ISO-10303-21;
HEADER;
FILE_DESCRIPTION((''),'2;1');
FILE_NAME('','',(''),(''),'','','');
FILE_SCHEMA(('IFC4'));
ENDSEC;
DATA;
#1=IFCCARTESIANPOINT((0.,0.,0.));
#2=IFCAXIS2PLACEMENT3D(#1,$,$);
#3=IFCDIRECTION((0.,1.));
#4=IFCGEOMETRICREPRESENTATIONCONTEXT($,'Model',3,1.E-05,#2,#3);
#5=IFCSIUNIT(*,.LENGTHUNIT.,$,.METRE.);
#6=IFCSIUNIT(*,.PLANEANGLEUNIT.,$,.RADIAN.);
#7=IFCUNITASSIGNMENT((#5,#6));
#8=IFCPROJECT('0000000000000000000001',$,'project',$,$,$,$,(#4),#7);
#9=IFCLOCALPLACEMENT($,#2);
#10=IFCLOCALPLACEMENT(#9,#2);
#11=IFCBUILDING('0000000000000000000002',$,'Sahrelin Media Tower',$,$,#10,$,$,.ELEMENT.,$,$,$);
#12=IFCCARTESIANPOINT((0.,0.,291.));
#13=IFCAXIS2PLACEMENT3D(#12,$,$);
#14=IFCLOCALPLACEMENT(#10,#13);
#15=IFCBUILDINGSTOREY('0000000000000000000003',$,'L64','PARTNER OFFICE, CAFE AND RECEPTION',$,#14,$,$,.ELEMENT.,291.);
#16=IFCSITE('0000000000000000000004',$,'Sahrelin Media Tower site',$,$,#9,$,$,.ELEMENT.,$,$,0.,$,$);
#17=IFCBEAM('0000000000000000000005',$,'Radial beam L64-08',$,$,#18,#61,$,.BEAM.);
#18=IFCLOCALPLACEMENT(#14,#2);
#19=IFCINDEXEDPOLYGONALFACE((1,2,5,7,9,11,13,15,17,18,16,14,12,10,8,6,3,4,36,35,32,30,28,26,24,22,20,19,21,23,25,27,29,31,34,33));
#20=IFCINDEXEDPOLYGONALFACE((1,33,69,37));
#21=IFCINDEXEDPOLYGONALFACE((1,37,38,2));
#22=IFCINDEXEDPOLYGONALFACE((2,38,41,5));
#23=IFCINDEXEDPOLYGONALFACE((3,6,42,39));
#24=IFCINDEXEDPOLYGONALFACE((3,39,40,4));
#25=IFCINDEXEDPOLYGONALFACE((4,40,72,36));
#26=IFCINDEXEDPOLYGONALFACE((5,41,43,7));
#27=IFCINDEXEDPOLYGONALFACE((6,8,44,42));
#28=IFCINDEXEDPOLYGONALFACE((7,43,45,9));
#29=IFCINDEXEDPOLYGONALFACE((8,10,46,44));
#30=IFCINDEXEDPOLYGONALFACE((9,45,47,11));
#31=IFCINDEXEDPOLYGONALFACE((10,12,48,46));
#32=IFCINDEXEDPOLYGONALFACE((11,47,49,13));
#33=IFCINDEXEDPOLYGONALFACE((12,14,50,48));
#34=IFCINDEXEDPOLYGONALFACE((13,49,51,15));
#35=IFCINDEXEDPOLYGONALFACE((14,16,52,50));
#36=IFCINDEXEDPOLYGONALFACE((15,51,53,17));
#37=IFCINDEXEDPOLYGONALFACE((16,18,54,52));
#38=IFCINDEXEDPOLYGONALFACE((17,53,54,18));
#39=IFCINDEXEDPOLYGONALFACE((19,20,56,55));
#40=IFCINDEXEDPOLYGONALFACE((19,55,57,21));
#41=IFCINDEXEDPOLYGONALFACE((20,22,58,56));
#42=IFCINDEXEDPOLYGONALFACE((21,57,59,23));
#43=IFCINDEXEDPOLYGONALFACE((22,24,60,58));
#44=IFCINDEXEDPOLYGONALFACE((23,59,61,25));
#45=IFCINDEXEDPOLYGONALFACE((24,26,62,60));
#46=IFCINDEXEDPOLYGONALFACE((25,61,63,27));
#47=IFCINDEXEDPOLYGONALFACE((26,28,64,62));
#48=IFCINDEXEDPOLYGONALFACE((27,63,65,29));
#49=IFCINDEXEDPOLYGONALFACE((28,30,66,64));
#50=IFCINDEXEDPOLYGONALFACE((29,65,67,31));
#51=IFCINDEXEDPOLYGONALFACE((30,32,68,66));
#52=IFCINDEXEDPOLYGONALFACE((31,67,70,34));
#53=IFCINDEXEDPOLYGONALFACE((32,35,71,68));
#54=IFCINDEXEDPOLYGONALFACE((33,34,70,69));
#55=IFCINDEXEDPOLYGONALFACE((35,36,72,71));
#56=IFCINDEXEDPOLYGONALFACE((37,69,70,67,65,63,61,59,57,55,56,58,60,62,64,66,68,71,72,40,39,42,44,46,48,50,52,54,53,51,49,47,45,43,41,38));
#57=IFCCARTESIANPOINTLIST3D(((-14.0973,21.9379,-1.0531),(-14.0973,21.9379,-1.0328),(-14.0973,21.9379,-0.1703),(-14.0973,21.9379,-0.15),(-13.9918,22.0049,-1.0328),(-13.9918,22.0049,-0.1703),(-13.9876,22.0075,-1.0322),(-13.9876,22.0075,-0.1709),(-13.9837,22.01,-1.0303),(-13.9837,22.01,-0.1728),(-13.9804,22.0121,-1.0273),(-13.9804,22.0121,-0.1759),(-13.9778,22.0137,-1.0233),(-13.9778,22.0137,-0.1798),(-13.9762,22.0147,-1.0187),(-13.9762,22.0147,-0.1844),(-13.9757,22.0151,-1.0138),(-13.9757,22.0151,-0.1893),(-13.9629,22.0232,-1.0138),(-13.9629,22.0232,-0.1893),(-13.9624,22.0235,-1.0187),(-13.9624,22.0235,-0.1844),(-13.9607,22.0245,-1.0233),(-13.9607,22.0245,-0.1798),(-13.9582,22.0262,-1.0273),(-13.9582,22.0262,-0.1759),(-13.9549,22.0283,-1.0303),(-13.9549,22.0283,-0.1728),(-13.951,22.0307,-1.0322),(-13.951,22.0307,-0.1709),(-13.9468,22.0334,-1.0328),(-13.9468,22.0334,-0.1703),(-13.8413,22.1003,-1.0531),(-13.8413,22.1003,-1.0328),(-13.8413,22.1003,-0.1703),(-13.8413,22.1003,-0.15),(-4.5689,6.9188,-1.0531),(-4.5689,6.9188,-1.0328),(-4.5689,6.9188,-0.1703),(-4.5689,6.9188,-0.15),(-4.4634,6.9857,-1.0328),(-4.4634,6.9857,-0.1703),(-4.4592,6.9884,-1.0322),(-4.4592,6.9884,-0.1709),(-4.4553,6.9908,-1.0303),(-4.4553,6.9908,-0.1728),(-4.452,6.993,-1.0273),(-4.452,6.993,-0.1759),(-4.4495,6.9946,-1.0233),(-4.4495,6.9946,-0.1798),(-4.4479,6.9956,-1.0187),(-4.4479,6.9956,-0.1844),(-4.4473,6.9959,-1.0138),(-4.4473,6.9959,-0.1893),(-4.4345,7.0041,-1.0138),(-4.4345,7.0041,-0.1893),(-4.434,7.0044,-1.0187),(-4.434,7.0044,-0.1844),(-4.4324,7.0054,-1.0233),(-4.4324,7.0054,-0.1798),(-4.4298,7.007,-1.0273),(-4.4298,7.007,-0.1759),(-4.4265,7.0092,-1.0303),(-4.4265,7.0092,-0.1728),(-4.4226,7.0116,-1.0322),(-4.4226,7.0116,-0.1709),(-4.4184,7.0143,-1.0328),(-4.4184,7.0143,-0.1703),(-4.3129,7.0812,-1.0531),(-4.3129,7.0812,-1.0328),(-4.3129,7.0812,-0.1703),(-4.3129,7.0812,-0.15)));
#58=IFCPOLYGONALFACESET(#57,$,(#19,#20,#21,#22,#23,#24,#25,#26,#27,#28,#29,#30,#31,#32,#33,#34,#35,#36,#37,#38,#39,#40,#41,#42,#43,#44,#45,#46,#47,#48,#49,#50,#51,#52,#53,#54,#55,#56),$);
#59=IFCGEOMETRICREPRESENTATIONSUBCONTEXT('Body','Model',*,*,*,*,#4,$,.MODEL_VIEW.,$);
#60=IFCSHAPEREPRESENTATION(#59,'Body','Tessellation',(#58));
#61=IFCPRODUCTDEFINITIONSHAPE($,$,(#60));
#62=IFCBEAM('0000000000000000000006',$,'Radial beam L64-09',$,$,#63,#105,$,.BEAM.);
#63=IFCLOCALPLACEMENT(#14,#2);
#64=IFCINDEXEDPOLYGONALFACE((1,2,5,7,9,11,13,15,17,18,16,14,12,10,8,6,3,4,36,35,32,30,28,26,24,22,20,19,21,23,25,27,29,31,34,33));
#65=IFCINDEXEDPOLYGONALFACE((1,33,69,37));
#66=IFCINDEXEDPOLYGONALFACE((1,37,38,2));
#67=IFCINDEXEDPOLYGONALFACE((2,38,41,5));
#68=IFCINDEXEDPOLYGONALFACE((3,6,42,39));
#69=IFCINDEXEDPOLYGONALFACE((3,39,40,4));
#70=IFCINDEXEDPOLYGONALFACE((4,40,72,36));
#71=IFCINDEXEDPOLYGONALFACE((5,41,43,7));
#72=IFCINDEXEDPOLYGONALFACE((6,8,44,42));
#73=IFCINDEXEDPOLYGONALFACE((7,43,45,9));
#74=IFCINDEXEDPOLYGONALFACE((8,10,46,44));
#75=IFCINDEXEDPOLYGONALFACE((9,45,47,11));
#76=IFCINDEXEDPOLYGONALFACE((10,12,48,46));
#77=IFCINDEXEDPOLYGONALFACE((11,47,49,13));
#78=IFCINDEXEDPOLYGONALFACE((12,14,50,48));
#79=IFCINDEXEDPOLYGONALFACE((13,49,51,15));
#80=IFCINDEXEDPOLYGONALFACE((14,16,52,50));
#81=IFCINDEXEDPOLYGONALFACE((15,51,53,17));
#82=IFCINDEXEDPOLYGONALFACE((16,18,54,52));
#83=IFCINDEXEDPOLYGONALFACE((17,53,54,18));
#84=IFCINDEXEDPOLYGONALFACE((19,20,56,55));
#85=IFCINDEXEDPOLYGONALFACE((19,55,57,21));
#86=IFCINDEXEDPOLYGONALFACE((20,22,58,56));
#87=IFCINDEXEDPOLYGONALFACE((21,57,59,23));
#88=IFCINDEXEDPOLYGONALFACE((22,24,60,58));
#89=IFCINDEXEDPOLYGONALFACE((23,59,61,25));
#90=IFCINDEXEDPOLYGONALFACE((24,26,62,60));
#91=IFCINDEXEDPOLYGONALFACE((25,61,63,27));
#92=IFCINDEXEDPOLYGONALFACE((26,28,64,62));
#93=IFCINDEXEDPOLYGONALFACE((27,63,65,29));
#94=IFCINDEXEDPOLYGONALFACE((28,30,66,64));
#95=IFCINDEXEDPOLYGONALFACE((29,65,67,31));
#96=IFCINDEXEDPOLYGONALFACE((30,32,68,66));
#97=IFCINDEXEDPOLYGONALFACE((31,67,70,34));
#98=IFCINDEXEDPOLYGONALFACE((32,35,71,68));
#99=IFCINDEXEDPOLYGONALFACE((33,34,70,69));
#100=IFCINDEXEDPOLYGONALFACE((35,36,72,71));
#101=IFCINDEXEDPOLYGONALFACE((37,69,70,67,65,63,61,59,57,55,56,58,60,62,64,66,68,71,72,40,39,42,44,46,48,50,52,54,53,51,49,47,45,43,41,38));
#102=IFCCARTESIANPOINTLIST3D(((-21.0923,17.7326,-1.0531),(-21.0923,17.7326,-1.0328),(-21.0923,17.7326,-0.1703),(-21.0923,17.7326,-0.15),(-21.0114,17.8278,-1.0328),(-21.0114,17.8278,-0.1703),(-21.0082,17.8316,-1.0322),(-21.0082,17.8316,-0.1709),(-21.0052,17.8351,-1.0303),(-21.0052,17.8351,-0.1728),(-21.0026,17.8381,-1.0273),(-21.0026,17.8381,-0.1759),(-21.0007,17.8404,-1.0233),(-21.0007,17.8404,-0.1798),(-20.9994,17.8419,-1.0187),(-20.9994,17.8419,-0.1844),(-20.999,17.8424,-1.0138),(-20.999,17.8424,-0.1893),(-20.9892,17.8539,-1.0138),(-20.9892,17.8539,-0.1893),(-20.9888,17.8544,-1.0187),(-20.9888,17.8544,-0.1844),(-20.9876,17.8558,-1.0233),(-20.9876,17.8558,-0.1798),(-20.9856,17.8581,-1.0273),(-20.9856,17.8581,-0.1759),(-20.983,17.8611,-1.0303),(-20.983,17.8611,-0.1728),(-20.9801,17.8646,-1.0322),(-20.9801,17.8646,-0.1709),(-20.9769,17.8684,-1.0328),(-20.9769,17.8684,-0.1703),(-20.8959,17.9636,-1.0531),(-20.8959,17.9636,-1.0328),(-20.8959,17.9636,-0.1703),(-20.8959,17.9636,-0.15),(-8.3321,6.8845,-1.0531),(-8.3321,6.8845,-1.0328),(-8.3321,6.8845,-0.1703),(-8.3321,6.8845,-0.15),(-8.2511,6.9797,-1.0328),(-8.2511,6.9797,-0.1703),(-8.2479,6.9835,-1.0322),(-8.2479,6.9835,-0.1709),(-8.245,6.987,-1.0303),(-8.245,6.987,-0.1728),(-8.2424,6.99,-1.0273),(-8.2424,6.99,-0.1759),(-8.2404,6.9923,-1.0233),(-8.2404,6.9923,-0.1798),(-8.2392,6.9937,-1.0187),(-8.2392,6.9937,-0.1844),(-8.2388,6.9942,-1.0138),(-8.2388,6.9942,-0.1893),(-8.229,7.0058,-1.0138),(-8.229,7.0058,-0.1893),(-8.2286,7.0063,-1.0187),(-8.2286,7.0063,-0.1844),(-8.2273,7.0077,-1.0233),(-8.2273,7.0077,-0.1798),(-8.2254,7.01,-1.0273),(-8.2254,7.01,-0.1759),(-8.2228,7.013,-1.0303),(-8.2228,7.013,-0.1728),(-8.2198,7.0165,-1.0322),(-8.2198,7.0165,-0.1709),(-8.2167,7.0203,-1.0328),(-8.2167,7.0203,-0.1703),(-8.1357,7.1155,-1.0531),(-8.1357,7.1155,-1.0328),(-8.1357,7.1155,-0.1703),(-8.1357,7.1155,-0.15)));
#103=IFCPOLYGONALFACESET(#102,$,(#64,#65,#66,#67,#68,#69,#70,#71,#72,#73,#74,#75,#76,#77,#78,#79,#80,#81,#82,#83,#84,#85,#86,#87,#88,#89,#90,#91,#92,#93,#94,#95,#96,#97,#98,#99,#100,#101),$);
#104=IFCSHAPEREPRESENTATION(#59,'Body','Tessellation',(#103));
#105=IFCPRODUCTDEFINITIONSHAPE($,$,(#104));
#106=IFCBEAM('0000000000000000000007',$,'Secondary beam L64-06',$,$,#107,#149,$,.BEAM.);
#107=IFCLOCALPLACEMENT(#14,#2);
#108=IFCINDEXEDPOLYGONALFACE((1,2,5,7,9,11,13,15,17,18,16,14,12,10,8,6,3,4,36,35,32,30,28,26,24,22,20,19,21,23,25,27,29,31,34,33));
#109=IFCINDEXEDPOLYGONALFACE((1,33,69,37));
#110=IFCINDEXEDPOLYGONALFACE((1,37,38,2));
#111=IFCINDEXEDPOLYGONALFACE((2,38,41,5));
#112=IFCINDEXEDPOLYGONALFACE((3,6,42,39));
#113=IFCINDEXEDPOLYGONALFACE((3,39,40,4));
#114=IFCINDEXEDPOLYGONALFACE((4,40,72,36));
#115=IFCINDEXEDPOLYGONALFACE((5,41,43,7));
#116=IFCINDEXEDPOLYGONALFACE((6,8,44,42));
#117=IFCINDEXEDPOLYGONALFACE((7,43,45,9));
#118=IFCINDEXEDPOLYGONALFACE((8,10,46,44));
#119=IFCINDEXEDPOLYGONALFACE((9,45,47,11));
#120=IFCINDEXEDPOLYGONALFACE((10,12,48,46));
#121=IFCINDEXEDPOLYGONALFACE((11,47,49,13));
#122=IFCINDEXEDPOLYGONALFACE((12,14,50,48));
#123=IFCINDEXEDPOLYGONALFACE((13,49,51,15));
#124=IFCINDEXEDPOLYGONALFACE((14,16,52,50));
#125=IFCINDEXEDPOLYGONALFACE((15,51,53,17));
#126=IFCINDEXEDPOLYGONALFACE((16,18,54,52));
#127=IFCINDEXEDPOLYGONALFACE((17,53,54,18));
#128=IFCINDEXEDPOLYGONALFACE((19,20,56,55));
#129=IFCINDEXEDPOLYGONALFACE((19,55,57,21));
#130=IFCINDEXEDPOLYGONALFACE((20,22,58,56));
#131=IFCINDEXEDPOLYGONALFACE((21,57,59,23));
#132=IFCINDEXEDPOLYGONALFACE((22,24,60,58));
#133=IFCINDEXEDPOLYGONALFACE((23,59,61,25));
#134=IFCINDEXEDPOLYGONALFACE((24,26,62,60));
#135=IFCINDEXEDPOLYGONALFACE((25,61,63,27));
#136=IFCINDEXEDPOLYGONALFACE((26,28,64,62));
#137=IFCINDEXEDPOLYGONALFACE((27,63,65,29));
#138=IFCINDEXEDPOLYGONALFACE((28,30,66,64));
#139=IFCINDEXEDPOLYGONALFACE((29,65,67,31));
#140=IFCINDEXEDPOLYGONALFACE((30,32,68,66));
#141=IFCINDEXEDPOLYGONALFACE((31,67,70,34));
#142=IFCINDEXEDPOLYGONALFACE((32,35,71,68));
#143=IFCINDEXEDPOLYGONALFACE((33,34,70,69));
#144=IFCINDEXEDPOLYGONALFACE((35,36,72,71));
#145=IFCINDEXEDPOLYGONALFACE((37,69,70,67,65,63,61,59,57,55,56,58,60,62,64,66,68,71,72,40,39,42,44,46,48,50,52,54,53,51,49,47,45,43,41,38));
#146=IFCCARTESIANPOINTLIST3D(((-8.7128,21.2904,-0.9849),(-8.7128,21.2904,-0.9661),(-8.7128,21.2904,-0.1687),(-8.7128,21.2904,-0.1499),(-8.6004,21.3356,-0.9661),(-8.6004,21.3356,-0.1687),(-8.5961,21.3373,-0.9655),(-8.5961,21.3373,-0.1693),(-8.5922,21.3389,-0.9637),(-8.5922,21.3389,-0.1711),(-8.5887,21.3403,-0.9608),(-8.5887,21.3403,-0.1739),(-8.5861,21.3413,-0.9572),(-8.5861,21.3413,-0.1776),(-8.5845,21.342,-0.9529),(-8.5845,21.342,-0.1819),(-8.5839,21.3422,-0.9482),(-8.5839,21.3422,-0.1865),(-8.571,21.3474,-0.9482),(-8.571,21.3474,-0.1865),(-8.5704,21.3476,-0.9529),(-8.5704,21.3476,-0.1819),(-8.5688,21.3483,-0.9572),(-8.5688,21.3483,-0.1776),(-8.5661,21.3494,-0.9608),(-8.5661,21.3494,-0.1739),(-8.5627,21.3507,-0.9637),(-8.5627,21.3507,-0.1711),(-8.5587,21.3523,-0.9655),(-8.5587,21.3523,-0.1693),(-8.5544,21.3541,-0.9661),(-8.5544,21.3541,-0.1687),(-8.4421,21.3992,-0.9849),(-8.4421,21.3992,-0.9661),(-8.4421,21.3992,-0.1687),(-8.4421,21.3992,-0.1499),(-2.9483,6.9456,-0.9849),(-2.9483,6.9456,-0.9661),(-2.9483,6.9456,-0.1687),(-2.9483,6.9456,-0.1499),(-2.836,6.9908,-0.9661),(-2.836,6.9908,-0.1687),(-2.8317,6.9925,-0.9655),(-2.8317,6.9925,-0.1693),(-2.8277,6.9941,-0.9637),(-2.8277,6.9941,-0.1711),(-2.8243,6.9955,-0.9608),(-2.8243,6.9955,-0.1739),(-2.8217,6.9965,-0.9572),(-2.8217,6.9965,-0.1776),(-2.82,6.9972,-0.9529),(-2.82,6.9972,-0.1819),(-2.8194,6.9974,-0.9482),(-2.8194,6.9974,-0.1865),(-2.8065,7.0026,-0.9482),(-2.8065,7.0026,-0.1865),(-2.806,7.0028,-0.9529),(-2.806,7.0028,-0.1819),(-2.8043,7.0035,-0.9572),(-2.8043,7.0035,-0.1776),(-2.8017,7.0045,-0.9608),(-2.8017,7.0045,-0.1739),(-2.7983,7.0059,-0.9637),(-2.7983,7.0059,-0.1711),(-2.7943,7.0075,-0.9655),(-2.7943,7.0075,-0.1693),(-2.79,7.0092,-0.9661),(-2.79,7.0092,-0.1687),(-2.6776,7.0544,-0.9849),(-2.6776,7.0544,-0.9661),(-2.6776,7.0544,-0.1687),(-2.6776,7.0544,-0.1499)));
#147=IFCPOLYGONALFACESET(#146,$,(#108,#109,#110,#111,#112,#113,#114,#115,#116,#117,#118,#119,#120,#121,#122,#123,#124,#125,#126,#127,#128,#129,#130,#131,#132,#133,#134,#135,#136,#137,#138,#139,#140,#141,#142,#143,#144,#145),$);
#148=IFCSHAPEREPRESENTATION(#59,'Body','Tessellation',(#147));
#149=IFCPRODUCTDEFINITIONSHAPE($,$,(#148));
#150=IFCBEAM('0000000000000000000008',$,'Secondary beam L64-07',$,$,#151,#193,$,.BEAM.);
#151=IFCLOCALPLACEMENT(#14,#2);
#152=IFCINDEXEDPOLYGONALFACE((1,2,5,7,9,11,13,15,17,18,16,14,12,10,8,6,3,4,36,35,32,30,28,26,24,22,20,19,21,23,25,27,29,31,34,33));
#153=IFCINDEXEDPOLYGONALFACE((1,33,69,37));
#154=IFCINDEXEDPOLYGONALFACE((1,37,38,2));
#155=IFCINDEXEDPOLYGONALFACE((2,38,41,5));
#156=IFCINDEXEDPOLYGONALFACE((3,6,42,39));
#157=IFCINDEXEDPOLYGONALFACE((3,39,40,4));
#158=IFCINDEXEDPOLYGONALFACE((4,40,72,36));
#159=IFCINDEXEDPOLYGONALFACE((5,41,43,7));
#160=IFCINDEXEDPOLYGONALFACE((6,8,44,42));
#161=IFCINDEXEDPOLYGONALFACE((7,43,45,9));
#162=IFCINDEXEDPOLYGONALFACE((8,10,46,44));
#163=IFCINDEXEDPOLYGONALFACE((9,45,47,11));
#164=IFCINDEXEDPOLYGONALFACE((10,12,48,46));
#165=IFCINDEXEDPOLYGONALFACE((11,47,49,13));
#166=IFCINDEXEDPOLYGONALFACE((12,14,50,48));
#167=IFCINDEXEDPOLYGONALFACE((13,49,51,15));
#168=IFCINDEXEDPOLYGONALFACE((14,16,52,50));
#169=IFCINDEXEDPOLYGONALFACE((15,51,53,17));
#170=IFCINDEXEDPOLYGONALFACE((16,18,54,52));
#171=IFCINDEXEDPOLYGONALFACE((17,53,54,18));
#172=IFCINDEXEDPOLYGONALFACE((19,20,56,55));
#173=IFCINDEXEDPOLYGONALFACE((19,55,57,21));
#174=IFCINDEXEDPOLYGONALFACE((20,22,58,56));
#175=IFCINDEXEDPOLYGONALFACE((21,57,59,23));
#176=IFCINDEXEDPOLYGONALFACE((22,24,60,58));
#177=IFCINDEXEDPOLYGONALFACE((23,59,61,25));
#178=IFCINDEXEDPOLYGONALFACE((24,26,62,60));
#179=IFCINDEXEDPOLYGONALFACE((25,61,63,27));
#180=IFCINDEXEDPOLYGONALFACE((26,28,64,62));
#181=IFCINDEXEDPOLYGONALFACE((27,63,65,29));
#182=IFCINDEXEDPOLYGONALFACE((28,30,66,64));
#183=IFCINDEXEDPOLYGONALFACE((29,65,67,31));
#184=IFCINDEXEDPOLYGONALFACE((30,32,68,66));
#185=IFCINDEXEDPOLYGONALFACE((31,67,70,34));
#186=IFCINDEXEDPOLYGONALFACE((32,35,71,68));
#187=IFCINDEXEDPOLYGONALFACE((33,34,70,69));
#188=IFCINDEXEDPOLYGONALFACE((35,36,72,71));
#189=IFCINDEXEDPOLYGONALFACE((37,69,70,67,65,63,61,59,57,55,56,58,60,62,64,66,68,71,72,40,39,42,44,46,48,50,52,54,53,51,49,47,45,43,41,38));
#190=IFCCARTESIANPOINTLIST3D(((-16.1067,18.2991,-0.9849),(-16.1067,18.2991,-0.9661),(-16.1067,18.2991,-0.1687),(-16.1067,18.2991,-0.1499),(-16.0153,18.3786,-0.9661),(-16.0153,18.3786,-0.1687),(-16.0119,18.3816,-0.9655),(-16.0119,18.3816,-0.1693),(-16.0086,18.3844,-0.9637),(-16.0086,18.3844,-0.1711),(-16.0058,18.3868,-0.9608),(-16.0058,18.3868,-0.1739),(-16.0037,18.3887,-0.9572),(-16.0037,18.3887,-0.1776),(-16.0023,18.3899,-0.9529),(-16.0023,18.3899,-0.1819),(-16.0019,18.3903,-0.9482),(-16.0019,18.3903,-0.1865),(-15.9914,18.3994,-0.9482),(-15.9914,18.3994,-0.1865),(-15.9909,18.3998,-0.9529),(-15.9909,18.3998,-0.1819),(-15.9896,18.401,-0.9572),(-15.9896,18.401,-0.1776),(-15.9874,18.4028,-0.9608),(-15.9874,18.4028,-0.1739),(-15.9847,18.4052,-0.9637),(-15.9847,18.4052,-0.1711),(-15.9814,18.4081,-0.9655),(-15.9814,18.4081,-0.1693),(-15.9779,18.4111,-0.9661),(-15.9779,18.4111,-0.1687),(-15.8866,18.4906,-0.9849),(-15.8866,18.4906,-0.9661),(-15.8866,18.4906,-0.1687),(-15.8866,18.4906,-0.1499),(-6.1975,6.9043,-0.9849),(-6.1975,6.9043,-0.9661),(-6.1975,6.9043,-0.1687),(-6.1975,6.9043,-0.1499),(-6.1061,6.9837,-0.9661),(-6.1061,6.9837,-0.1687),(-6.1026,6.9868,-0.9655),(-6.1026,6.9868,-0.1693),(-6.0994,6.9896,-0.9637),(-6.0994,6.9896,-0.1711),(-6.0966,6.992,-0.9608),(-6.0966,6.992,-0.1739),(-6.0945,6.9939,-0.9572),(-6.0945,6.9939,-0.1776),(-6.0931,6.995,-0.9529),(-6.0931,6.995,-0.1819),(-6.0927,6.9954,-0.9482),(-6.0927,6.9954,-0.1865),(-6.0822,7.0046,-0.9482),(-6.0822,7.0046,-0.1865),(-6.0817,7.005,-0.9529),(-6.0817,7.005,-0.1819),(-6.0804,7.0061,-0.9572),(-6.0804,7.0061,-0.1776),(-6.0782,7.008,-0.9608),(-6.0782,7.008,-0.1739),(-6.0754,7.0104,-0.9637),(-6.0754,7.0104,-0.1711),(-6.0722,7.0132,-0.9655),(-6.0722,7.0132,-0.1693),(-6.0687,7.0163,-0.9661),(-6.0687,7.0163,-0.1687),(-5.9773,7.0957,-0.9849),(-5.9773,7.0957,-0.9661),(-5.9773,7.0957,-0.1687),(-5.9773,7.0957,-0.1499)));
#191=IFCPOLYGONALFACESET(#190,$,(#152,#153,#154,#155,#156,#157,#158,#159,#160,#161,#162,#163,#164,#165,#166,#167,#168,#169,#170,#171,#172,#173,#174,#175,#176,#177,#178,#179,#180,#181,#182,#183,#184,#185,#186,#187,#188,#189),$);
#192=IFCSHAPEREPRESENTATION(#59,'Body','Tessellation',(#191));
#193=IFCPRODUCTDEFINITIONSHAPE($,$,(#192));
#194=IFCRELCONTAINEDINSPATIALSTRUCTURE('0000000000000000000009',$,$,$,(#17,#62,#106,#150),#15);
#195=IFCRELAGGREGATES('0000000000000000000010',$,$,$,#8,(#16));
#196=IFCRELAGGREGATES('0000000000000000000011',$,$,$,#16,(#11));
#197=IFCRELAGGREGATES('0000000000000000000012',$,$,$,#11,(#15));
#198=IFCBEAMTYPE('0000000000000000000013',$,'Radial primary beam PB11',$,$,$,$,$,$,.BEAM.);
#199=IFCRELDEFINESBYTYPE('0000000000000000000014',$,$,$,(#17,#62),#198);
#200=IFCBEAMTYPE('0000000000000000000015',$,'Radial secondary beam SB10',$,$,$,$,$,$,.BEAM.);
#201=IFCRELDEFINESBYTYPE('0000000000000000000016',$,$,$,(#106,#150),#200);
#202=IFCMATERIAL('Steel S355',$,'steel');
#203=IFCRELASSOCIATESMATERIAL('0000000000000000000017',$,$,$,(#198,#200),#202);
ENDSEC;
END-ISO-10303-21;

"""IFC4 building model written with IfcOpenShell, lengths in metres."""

from ifc_helpers import new_model, si_unit, direction, frame, origin, origin_2d, place, context, subcontext, project, spatial, i_section, extrude, material, material_profile, profile_set, type_object, element, save


model = new_model("IFC4")

# Units and contexts
model_context = context("Model", 3, precision=1e-05, world=origin(), true_north=direction((0.0, 1.0)))
body_context = subcontext(model_context, "Body", "Model", "MODEL_VIEW")
ifc_project = project(units=[si_unit("LENGTHUNIT", "METRE"), si_unit("PLANEANGLEUNIT", "RADIAN")], contexts=[model_context])

# Site, building, storey
site_placement = place(None, origin())
site = spatial("IfcSite", under=ifc_project, at=site_placement, Name="Sahrelin Media Tower site", CompositionType="ELEMENT", RefElevation=0.0)
building_placement = place(site_placement, origin())
building = spatial("IfcBuilding", under=site, at=building_placement, Name="Sahrelin Media Tower", CompositionType="ELEMENT")
storey_placement = place(building_placement, frame((0.0, 0.0, 291.0)))
storey = spatial("IfcBuildingStorey", under=building, at=storey_placement, Name="L64", Description="PARTNER OFFICE, CAFE AND RECEPTION", CompositionType="ELEMENT", Elevation=291.0)

# Shared definitions
ifc_material_1 = material(Name="Steel S355", Category="steel")

# Beams
ifc_material_profile_1 = material_profile(ifc_material_1, i_section(OverallWidth=0.3032, OverallDepth=0.9031, WebThickness=0.0151, FlangeThickness=0.0203, FilletRadius=0.019, at=origin_2d()), Name="UB 914x305x201")
ifc_profile_set_1 = profile_set([ifc_material_profile_1], Name="Steel S355")
beam_type_1 = type_object("IfcBeamType", Name="Radial primary beam PB11", PredefinedType="BEAM", material=ifc_profile_set_1)
beam_1_placement = place(storey_placement, frame((-4.4409, 7.0, -0.6016), z_axis=(-0.535704, 0.844406, 0.0), x_axis=(-0.844406, -0.535704, 0.0)))
element("IfcBeam", 1, at=beam_1_placement, inside=storey, type_object=beam_type_1, Name="Radial beam L64-08", PredefinedType="BEAM", context=body_context, shape_type="SweptSolid", body=[
    extrude(i_section(OverallWidth=0.3032, OverallDepth=0.9031, WebThickness=0.0151, FlangeThickness=0.0203, FilletRadius=0.019, at=origin_2d()), origin(), (0.0, 0.0, 1.0), 17.7866),
])
beam_2_placement = place(storey_placement, frame((-8.2339, 7.0, -0.6016), z_axis=(-0.761882, 0.647715, 0.0), x_axis=(-0.647715, -0.761882, 0.0)))
element("IfcBeam", 2, at=beam_2_placement, inside=storey, type_object=beam_type_1, Name="Radial beam L64-09", PredefinedType="BEAM", context=body_context, shape_type="SweptSolid", body=[
    extrude(i_section(OverallWidth=0.3032, OverallDepth=0.9031, WebThickness=0.0151, FlangeThickness=0.0203, FilletRadius=0.019, at=origin_2d()), origin(), (0.0, 0.0, 1.0), 16.7483),
])
ifc_material_profile_2 = material_profile(ifc_material_1, i_section(OverallWidth=0.2917, OverallDepth=0.835, WebThickness=0.0139, FlangeThickness=0.0188, FilletRadius=0.0178, at=origin_2d()), Name="UB 838x292x176")
ifc_profile_set_2 = profile_set([ifc_material_profile_2], Name="Steel S355")
beam_type_2 = type_object("IfcBeamType", Name="Radial secondary beam SB10", PredefinedType="BEAM", material=ifc_profile_set_2)
beam_3_placement = place(storey_placement, frame((-2.813, 7.0, -0.5674), z_axis=(-0.372869, 0.927884, 0.0), x_axis=(-0.927884, -0.372869, 0.0)))
element("IfcBeam", 3, at=beam_3_placement, inside=storey, type_object=beam_type_2, Name="Secondary beam L64-06", PredefinedType="BEAM", context=body_context, shape_type="SweptSolid", body=[
    extrude(i_section(OverallWidth=0.2917, OverallDepth=0.835, WebThickness=0.0139, FlangeThickness=0.0188, FilletRadius=0.0178, at=origin_2d()), origin(), (0.0, 0.0, 1.0), 15.4597),
])
beam_4_placement = place(storey_placement, frame((-6.0874, 7.0, -0.5674), z_axis=(-0.656204, 0.754583, 0.0), x_axis=(-0.754583, -0.656204, 0.0)))
element("IfcBeam", 4, at=beam_4_placement, inside=storey, type_object=beam_type_2, Name="Secondary beam L64-07", PredefinedType="BEAM", context=body_context, shape_type="SweptSolid", body=[
    extrude(i_section(OverallWidth=0.2917, OverallDepth=0.835, WebThickness=0.0139, FlangeThickness=0.0188, FilletRadius=0.0178, at=origin_2d()), origin(), (0.0, 0.0, 1.0), 15.1008),
])

save(model, "model.ifc")
